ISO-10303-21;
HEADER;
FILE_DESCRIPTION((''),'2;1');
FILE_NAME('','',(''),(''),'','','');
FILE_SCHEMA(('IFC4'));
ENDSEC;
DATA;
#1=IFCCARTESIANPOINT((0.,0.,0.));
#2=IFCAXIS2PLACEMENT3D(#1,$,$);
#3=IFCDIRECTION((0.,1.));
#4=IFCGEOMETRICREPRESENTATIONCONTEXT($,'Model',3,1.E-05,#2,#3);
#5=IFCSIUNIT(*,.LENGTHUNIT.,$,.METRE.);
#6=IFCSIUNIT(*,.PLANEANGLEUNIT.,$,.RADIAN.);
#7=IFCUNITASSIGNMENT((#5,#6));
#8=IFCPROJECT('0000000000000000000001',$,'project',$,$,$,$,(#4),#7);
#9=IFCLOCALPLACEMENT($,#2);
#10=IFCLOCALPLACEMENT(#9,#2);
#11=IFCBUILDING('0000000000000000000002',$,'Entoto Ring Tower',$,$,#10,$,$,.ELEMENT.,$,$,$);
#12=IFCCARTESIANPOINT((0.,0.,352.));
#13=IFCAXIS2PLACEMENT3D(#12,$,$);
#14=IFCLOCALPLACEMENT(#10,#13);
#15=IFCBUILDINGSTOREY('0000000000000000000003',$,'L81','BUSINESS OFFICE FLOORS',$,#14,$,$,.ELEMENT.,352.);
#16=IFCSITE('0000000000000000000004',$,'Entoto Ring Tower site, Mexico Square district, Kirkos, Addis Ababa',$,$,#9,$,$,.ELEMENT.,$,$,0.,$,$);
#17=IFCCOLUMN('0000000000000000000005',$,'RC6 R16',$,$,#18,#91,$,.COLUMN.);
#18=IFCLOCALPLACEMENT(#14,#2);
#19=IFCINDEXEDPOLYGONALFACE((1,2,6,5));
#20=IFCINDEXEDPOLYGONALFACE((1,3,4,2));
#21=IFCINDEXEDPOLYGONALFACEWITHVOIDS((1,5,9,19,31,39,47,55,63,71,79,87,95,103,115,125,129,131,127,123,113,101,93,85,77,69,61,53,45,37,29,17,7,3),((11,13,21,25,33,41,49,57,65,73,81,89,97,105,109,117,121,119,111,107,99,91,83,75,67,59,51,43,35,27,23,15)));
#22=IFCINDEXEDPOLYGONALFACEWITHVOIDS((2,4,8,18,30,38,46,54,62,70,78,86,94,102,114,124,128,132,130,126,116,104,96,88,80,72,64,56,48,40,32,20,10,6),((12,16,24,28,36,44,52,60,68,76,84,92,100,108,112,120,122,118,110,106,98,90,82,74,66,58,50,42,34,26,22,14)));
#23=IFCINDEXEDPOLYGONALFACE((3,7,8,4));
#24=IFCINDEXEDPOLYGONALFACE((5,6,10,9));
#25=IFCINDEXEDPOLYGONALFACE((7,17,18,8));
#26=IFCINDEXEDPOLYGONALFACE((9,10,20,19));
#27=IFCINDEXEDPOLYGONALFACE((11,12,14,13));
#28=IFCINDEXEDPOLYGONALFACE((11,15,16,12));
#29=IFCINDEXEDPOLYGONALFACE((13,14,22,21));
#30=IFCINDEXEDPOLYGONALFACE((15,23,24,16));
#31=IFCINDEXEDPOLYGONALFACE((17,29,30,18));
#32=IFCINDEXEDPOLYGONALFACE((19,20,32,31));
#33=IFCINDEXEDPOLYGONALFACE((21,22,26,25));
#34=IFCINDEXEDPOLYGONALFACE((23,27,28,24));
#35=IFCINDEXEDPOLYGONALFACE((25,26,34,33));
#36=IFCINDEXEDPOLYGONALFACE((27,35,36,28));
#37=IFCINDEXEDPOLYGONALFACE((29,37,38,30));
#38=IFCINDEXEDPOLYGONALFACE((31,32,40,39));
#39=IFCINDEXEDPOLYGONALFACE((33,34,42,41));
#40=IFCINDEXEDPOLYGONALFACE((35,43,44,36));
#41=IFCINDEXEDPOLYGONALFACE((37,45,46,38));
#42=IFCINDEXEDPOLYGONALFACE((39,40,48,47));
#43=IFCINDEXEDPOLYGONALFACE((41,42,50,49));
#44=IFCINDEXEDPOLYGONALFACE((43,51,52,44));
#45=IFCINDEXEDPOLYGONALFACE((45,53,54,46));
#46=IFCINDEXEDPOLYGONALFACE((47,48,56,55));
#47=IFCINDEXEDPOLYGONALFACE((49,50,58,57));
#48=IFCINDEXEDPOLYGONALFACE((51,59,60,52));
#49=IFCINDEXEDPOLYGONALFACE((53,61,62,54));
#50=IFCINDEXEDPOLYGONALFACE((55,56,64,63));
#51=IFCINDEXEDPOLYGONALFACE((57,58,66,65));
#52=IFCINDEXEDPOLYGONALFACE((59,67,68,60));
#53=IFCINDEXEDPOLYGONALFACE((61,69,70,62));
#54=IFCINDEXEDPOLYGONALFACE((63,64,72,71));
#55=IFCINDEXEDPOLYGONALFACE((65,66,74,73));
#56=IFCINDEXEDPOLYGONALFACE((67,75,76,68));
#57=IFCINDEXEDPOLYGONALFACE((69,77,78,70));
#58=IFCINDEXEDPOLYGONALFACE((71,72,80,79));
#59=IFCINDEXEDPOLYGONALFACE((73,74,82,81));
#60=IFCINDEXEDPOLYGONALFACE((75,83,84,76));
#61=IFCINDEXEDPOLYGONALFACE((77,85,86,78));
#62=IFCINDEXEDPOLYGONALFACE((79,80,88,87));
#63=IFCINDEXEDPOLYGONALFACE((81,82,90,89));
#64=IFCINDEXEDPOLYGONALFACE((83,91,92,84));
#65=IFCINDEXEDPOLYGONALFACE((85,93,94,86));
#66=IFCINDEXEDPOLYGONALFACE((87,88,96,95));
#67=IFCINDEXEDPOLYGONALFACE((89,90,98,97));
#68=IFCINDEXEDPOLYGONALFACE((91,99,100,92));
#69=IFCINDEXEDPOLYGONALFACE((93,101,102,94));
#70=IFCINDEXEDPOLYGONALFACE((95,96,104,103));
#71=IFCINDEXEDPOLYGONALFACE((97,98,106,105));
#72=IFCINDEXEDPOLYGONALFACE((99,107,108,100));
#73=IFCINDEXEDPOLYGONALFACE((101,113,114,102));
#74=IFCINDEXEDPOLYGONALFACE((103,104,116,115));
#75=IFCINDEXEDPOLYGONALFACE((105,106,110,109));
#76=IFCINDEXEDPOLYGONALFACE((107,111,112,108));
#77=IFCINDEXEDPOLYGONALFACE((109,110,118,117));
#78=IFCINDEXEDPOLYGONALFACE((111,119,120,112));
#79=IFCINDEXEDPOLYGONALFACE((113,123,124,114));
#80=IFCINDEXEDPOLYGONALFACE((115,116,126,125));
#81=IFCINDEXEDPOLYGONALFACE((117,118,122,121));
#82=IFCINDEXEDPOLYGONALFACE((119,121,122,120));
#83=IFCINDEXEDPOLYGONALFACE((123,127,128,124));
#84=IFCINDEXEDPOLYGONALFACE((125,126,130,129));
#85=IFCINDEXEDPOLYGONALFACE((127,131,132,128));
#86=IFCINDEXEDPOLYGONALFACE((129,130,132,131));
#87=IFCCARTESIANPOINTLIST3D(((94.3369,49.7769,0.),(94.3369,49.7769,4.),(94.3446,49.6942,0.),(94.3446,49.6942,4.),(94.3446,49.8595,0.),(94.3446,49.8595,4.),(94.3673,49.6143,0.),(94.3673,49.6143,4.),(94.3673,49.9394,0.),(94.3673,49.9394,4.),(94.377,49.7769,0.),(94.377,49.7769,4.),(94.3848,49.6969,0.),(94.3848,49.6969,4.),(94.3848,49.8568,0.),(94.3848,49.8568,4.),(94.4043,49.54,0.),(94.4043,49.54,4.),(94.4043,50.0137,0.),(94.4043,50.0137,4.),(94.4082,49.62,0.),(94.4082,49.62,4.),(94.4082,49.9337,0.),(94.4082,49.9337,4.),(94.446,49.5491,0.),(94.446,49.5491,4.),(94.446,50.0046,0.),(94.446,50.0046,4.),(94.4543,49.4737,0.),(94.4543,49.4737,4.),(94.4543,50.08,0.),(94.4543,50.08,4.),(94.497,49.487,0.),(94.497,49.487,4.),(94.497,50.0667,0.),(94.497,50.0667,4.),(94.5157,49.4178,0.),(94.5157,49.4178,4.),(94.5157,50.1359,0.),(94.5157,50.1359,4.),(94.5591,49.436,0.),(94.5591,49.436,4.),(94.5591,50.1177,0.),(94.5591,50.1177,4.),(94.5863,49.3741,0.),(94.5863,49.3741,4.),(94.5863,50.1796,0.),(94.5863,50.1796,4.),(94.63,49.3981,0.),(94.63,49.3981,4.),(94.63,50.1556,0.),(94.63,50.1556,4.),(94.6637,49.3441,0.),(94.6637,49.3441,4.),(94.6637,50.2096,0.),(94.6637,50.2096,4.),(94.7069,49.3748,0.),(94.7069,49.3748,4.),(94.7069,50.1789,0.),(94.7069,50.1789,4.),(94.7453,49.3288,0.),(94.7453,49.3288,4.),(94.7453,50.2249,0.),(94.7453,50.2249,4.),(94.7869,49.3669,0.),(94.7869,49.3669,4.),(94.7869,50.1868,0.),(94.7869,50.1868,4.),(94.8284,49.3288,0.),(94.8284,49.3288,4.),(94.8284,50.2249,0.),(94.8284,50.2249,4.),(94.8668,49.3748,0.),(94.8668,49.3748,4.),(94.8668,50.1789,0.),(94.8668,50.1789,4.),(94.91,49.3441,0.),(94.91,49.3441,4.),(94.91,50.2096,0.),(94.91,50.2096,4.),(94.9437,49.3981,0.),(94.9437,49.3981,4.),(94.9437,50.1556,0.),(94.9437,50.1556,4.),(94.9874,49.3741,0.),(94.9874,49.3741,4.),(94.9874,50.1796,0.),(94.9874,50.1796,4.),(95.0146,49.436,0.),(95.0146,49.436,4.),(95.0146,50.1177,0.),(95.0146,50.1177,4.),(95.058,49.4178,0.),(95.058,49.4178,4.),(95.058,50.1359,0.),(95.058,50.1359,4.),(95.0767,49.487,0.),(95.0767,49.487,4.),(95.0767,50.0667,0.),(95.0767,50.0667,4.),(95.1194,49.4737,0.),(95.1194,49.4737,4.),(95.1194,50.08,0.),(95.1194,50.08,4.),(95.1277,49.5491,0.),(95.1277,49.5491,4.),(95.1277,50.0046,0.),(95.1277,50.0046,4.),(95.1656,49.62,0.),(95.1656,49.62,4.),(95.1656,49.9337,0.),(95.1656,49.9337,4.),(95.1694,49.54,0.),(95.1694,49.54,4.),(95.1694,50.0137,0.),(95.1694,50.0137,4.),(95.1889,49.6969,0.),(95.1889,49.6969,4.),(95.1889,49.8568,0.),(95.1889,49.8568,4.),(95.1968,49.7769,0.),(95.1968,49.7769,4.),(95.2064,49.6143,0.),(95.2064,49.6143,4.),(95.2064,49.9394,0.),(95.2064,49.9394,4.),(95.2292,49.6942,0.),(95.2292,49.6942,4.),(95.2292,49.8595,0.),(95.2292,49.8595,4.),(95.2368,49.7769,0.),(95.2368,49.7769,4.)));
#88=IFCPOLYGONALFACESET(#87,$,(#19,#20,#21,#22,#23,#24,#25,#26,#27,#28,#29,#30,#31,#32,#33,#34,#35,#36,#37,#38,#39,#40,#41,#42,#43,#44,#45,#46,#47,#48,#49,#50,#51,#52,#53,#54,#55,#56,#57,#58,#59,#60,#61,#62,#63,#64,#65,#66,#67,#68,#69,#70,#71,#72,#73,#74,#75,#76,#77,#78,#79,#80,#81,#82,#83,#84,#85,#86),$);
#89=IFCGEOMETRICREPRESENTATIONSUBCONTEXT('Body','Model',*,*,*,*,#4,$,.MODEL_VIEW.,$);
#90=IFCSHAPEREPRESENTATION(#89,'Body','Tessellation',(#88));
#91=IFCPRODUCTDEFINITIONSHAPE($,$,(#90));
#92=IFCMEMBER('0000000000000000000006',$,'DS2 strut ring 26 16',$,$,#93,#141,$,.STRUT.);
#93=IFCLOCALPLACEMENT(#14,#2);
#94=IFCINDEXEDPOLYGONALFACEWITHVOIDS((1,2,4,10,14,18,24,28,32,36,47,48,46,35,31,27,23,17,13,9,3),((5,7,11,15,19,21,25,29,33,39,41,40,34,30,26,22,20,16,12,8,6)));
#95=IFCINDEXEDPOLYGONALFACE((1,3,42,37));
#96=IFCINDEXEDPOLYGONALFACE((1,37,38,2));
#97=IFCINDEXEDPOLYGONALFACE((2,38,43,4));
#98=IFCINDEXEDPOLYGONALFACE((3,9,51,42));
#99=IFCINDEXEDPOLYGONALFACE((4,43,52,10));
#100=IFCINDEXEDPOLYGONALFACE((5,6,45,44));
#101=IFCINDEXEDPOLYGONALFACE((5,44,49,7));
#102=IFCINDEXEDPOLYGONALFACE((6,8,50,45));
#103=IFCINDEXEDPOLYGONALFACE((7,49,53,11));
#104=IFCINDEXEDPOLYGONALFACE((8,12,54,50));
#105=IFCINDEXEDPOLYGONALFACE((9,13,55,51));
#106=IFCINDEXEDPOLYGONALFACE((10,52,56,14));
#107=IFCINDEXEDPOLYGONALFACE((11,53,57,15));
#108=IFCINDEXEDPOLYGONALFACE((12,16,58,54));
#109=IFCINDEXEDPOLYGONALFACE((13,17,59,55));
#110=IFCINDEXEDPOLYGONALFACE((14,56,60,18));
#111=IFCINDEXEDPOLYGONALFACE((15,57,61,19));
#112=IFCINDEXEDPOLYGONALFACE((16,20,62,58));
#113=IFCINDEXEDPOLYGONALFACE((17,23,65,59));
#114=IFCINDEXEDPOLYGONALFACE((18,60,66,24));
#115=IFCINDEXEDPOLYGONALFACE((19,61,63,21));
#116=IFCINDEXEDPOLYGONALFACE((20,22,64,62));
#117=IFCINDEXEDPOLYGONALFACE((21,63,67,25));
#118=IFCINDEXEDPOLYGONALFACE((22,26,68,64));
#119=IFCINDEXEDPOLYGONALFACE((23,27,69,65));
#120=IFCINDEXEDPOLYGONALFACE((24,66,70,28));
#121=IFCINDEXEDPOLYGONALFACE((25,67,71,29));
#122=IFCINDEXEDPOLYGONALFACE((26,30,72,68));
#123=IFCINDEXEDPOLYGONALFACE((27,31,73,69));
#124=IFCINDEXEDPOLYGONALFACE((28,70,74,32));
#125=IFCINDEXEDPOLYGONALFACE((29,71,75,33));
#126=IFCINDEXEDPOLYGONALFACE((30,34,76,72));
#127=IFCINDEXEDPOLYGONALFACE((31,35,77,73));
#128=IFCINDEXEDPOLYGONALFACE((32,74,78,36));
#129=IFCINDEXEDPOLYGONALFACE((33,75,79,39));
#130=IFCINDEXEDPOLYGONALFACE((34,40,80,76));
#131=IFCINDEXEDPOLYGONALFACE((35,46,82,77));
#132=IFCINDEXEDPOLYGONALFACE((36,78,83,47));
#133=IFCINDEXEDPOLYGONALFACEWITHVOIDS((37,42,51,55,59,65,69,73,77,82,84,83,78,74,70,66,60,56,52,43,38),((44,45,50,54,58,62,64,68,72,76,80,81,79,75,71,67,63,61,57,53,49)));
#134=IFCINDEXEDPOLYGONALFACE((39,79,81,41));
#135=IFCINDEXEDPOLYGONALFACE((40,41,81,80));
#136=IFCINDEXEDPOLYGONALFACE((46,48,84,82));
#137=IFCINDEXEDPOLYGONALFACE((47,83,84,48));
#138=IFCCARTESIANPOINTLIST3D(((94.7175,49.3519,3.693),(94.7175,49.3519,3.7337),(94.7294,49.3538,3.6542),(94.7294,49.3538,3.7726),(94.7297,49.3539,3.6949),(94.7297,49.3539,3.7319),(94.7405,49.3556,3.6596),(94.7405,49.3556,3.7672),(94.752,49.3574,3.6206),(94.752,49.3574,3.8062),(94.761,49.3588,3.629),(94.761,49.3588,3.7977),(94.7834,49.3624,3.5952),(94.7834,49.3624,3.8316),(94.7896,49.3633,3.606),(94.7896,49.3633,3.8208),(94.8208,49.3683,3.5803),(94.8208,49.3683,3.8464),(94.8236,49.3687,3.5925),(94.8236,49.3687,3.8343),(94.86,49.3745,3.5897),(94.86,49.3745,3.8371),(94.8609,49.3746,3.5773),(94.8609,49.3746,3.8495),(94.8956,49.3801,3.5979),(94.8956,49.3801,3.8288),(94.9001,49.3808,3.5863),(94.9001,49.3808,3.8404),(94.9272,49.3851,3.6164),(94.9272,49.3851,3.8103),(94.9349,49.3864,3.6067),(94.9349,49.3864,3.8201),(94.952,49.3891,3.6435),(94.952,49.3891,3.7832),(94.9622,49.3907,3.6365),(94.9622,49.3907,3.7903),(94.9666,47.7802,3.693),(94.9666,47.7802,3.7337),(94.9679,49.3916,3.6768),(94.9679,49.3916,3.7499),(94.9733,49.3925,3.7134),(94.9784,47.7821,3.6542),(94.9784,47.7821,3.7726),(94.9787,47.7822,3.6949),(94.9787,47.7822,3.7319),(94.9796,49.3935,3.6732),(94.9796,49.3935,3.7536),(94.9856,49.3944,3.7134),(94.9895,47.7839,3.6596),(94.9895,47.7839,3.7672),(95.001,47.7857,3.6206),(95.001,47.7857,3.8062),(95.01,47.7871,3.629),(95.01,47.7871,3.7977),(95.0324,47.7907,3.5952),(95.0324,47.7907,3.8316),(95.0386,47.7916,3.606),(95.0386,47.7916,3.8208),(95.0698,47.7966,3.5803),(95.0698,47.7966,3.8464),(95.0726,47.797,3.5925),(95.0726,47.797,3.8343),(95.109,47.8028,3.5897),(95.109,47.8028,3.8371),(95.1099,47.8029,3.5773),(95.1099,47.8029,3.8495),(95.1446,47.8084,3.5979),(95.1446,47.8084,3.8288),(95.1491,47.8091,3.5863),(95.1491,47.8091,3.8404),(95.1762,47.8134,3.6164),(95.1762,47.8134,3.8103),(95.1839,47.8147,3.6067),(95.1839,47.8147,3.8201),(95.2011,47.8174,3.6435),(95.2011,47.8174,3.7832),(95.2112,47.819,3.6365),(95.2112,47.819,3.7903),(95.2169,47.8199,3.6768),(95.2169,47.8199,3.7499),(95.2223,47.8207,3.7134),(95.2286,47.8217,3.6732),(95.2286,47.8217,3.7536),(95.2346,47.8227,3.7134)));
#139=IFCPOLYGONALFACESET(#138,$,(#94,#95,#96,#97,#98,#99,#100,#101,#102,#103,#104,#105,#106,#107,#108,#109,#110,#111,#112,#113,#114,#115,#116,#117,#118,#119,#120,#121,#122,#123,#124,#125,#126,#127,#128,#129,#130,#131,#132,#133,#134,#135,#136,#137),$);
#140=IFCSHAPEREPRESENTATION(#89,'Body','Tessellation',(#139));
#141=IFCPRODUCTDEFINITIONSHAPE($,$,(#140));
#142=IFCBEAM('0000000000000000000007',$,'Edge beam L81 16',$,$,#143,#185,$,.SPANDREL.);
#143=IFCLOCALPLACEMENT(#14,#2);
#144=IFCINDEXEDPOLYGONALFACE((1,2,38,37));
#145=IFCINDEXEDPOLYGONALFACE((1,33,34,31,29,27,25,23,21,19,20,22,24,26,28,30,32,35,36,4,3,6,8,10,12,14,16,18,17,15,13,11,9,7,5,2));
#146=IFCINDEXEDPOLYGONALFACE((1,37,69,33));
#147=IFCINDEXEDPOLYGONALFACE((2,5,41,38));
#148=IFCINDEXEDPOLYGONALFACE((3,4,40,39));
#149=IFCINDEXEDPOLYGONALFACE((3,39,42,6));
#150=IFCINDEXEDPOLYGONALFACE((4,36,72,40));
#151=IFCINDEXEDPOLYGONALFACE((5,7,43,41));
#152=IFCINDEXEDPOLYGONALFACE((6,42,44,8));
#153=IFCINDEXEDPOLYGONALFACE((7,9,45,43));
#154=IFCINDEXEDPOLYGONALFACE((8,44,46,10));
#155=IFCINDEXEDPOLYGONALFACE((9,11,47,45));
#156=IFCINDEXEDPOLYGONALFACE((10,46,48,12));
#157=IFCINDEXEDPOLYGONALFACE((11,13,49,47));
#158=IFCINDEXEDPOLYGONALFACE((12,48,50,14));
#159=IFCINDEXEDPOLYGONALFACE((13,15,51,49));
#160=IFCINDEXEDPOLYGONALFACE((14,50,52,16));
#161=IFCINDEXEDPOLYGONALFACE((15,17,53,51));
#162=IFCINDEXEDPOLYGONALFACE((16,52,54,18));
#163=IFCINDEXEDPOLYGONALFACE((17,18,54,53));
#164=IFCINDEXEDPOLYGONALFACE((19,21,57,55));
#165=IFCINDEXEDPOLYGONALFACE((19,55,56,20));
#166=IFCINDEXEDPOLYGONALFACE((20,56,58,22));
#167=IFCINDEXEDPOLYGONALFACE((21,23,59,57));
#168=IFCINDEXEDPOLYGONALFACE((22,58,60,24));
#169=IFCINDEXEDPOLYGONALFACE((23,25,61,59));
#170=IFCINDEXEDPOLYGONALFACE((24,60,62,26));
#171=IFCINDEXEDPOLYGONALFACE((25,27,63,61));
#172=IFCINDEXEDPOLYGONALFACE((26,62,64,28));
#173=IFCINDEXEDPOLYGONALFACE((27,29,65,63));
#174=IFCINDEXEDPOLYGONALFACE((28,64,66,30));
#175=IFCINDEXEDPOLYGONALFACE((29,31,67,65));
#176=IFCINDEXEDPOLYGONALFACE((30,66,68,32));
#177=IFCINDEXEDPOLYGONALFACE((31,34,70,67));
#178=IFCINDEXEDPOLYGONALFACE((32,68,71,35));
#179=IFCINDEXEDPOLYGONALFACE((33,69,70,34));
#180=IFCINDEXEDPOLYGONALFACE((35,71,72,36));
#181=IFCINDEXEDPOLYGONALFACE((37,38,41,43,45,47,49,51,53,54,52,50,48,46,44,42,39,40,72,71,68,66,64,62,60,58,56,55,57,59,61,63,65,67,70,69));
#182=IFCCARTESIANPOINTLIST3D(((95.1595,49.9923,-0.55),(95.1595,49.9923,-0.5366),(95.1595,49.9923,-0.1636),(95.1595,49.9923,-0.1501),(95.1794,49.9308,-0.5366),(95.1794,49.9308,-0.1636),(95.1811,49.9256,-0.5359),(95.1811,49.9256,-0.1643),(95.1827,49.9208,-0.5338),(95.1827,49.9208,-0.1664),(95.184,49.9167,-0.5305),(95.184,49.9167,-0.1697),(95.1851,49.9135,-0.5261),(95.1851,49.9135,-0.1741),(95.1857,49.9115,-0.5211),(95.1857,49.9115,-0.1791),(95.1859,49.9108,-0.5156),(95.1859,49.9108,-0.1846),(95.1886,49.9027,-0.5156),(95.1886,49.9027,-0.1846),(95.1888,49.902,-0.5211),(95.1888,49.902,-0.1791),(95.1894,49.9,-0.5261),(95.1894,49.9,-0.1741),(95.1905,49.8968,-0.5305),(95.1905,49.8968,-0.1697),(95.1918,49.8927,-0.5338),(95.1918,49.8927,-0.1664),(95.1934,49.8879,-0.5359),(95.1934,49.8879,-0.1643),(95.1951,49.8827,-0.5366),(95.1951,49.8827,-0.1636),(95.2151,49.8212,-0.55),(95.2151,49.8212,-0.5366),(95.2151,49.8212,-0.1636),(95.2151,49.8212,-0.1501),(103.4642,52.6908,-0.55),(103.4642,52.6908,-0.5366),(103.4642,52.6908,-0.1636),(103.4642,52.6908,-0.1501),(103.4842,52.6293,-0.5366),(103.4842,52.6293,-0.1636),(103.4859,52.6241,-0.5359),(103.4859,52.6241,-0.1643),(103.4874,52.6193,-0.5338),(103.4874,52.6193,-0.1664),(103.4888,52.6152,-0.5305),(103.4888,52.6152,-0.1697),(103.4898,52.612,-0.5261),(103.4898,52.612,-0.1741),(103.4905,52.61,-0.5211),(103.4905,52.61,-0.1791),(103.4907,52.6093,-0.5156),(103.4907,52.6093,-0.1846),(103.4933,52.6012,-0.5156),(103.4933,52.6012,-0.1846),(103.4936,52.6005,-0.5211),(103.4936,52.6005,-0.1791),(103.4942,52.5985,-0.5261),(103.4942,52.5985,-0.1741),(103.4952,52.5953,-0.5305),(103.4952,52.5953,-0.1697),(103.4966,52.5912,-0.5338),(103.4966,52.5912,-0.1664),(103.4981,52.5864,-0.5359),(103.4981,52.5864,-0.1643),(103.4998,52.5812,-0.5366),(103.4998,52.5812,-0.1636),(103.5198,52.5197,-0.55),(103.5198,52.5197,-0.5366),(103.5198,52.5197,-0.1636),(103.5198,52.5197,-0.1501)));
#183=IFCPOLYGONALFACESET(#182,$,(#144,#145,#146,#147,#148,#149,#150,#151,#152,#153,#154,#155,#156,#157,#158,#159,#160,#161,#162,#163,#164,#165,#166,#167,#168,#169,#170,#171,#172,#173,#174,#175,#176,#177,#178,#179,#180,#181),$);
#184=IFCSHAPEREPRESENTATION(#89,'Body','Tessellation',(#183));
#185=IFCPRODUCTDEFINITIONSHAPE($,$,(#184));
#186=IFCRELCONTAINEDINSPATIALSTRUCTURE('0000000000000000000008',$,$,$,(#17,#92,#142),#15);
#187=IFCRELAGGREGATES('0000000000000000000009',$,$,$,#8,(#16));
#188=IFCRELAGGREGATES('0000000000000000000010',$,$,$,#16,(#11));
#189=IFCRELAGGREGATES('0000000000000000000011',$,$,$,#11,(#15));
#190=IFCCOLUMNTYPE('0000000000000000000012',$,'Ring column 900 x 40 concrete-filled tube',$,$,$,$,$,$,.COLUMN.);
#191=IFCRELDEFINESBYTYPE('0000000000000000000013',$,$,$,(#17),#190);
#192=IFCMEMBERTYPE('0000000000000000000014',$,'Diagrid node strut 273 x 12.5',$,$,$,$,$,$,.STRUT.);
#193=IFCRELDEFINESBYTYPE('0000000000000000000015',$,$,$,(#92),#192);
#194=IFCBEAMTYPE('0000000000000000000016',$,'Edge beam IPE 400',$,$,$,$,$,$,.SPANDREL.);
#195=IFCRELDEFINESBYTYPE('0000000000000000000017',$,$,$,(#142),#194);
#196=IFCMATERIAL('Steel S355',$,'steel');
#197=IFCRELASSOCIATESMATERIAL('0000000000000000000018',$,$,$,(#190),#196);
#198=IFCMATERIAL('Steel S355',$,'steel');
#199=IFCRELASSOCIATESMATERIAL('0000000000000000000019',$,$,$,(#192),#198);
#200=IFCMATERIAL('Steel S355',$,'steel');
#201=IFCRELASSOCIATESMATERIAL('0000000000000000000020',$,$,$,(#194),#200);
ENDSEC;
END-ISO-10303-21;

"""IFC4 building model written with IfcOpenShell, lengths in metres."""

from ifc_helpers import new_model, si_unit, direction, frame, origin, origin_2d, place, context, subcontext, project, spatial, circle, hollow_circle, i_section, extrude, material, material_profile, profile_set, type_object, element, save


model = new_model("IFC4")

# Units and contexts
model_context = context("Model", 3, precision=1e-05, world=origin(), true_north=direction((0.0, 1.0)))
body_context = subcontext(model_context, "Body", "Model", "MODEL_VIEW")
ifc_project = project(units=[si_unit("LENGTHUNIT", "METRE"), si_unit("PLANEANGLEUNIT", "RADIAN")], contexts=[model_context])

# Site, building, storey
site_placement = place(None, origin())
site = spatial("IfcSite", under=ifc_project, at=site_placement, Name="Entoto Ring Tower site, Mexico Square district, Kirkos, Addis Ababa", CompositionType="ELEMENT", RefElevation=0.0)
building_placement = place(site_placement, origin())
building = spatial("IfcBuilding", under=site, at=building_placement, Name="Entoto Ring Tower", CompositionType="ELEMENT")
storey_placement = place(building_placement, frame((0.0, 0.0, 352.0)))
storey = spatial("IfcBuildingStorey", under=building, at=storey_placement, Name="L81", Description="BUSINESS OFFICE FLOORS", CompositionType="ELEMENT", Elevation=352.0)

# Column
ifc_material_1 = material(Name="Steel S355", Category="steel")
ifc_material_profile_1 = material_profile(ifc_material_1, hollow_circle(Radius=0.45, WallThickness=0.04, at=origin_2d()), Name="CHS 900 x 40")
ifc_material_2 = material(Name="Concrete C60/75", Category="concrete")
ifc_material_profile_2 = material_profile(ifc_material_2, circle(Radius=0.4099, at=origin_2d()), Name="Concrete C60/75 infill")
ifc_profile_set_1 = profile_set([ifc_material_profile_1, ifc_material_profile_2], Name="Steel S355")
column_type = type_object("IfcColumnType", Name="Ring column 900 x 40 concrete-filled tube", PredefinedType="COLUMN", material=ifc_profile_set_1)
column_placement = place(storey_placement, frame((94.7869, 49.7769, 0.0), z_axis=(0.0, 0.0, 1.0), x_axis=(1.0, 0.0, 0.0)))
element("IfcColumn", 1, at=column_placement, inside=storey, type_object=column_type, Name="RC6 R16", PredefinedType="COLUMN", context=body_context, shape_type="SweptSolid", body=[
    extrude(hollow_circle(Radius=0.45, WallThickness=0.04, at=origin_2d()), origin(), (0.0, 0.0, 1.0), 4.0),
])

# Member
ifc_material_3 = material(Name="Steel S355", Category="steel")
ifc_material_profile_3 = material_profile(ifc_material_3, hollow_circle(Radius=0.1365, WallThickness=0.0125, at=origin_2d()), Name="CHS 273 x 12.5")
ifc_material_4 = material(Name="Concrete C60/75", Category="concrete")
ifc_material_profile_4 = material_profile(ifc_material_4, circle(Radius=0.124, at=origin_2d()), Name="Concrete C60/75 infill")
ifc_profile_set_2 = profile_set([ifc_material_profile_3, ifc_material_profile_4], Name="Steel S355")
member_type = type_object("IfcMemberType", Name="Diagrid node strut 273 x 12.5", PredefinedType="STRUT", material=ifc_profile_set_2)
member_placement = place(storey_placement, frame((94.8508, 49.373, 3.7134), z_axis=(0.156483, -0.987681, 0.0), x_axis=(0.987681, 0.156483, 0.0)))
element("IfcMember", 2, at=member_placement, inside=storey, type_object=member_type, Name="DS2 strut ring 26 16", PredefinedType="STRUT", context=body_context, shape_type="SweptSolid", body=[
    extrude(hollow_circle(Radius=0.1365, WallThickness=0.0125, at=origin_2d()), origin(), (0.0, 0.0, 1.0), 1.5913),
])

# Beam
ifc_material_5 = material(Name="Steel S355", Category="steel")
ifc_material_profile_5 = material_profile(ifc_material_5, i_section(OverallWidth=0.1799, OverallDepth=0.3999, WebThickness=0.0085, FlangeThickness=0.0134, FilletRadius=0.021, at=origin_2d()), Name="IPE 400")
ifc_profile_set_3 = profile_set([ifc_material_profile_5], Name="Steel S355")
beam_type_1 = type_object("IfcBeamType", Name="Edge beam IPE 400", PredefinedType="SPANDREL", material=ifc_profile_set_3)
beam_1_placement = place(storey_placement, frame((95.1873, 49.9067, -0.3501), z_axis=(0.951052, 0.30903, 0.0), x_axis=(-0.30903, 0.951052, 0.0)))
element("IfcBeam", 3, at=beam_1_placement, inside=storey, type_object=beam_type_1, Name="Edge beam L81 16", PredefinedType="SPANDREL", context=body_context, shape_type="SweptSolid", body=[
    extrude(i_section(OverallWidth=0.1799, OverallDepth=0.3999, WebThickness=0.0085, FlangeThickness=0.0134, FilletRadius=0.021, at=origin_2d()), origin(), (0.0, 0.0, 1.0), 8.7322),
])

save(model, "model.ifc")
